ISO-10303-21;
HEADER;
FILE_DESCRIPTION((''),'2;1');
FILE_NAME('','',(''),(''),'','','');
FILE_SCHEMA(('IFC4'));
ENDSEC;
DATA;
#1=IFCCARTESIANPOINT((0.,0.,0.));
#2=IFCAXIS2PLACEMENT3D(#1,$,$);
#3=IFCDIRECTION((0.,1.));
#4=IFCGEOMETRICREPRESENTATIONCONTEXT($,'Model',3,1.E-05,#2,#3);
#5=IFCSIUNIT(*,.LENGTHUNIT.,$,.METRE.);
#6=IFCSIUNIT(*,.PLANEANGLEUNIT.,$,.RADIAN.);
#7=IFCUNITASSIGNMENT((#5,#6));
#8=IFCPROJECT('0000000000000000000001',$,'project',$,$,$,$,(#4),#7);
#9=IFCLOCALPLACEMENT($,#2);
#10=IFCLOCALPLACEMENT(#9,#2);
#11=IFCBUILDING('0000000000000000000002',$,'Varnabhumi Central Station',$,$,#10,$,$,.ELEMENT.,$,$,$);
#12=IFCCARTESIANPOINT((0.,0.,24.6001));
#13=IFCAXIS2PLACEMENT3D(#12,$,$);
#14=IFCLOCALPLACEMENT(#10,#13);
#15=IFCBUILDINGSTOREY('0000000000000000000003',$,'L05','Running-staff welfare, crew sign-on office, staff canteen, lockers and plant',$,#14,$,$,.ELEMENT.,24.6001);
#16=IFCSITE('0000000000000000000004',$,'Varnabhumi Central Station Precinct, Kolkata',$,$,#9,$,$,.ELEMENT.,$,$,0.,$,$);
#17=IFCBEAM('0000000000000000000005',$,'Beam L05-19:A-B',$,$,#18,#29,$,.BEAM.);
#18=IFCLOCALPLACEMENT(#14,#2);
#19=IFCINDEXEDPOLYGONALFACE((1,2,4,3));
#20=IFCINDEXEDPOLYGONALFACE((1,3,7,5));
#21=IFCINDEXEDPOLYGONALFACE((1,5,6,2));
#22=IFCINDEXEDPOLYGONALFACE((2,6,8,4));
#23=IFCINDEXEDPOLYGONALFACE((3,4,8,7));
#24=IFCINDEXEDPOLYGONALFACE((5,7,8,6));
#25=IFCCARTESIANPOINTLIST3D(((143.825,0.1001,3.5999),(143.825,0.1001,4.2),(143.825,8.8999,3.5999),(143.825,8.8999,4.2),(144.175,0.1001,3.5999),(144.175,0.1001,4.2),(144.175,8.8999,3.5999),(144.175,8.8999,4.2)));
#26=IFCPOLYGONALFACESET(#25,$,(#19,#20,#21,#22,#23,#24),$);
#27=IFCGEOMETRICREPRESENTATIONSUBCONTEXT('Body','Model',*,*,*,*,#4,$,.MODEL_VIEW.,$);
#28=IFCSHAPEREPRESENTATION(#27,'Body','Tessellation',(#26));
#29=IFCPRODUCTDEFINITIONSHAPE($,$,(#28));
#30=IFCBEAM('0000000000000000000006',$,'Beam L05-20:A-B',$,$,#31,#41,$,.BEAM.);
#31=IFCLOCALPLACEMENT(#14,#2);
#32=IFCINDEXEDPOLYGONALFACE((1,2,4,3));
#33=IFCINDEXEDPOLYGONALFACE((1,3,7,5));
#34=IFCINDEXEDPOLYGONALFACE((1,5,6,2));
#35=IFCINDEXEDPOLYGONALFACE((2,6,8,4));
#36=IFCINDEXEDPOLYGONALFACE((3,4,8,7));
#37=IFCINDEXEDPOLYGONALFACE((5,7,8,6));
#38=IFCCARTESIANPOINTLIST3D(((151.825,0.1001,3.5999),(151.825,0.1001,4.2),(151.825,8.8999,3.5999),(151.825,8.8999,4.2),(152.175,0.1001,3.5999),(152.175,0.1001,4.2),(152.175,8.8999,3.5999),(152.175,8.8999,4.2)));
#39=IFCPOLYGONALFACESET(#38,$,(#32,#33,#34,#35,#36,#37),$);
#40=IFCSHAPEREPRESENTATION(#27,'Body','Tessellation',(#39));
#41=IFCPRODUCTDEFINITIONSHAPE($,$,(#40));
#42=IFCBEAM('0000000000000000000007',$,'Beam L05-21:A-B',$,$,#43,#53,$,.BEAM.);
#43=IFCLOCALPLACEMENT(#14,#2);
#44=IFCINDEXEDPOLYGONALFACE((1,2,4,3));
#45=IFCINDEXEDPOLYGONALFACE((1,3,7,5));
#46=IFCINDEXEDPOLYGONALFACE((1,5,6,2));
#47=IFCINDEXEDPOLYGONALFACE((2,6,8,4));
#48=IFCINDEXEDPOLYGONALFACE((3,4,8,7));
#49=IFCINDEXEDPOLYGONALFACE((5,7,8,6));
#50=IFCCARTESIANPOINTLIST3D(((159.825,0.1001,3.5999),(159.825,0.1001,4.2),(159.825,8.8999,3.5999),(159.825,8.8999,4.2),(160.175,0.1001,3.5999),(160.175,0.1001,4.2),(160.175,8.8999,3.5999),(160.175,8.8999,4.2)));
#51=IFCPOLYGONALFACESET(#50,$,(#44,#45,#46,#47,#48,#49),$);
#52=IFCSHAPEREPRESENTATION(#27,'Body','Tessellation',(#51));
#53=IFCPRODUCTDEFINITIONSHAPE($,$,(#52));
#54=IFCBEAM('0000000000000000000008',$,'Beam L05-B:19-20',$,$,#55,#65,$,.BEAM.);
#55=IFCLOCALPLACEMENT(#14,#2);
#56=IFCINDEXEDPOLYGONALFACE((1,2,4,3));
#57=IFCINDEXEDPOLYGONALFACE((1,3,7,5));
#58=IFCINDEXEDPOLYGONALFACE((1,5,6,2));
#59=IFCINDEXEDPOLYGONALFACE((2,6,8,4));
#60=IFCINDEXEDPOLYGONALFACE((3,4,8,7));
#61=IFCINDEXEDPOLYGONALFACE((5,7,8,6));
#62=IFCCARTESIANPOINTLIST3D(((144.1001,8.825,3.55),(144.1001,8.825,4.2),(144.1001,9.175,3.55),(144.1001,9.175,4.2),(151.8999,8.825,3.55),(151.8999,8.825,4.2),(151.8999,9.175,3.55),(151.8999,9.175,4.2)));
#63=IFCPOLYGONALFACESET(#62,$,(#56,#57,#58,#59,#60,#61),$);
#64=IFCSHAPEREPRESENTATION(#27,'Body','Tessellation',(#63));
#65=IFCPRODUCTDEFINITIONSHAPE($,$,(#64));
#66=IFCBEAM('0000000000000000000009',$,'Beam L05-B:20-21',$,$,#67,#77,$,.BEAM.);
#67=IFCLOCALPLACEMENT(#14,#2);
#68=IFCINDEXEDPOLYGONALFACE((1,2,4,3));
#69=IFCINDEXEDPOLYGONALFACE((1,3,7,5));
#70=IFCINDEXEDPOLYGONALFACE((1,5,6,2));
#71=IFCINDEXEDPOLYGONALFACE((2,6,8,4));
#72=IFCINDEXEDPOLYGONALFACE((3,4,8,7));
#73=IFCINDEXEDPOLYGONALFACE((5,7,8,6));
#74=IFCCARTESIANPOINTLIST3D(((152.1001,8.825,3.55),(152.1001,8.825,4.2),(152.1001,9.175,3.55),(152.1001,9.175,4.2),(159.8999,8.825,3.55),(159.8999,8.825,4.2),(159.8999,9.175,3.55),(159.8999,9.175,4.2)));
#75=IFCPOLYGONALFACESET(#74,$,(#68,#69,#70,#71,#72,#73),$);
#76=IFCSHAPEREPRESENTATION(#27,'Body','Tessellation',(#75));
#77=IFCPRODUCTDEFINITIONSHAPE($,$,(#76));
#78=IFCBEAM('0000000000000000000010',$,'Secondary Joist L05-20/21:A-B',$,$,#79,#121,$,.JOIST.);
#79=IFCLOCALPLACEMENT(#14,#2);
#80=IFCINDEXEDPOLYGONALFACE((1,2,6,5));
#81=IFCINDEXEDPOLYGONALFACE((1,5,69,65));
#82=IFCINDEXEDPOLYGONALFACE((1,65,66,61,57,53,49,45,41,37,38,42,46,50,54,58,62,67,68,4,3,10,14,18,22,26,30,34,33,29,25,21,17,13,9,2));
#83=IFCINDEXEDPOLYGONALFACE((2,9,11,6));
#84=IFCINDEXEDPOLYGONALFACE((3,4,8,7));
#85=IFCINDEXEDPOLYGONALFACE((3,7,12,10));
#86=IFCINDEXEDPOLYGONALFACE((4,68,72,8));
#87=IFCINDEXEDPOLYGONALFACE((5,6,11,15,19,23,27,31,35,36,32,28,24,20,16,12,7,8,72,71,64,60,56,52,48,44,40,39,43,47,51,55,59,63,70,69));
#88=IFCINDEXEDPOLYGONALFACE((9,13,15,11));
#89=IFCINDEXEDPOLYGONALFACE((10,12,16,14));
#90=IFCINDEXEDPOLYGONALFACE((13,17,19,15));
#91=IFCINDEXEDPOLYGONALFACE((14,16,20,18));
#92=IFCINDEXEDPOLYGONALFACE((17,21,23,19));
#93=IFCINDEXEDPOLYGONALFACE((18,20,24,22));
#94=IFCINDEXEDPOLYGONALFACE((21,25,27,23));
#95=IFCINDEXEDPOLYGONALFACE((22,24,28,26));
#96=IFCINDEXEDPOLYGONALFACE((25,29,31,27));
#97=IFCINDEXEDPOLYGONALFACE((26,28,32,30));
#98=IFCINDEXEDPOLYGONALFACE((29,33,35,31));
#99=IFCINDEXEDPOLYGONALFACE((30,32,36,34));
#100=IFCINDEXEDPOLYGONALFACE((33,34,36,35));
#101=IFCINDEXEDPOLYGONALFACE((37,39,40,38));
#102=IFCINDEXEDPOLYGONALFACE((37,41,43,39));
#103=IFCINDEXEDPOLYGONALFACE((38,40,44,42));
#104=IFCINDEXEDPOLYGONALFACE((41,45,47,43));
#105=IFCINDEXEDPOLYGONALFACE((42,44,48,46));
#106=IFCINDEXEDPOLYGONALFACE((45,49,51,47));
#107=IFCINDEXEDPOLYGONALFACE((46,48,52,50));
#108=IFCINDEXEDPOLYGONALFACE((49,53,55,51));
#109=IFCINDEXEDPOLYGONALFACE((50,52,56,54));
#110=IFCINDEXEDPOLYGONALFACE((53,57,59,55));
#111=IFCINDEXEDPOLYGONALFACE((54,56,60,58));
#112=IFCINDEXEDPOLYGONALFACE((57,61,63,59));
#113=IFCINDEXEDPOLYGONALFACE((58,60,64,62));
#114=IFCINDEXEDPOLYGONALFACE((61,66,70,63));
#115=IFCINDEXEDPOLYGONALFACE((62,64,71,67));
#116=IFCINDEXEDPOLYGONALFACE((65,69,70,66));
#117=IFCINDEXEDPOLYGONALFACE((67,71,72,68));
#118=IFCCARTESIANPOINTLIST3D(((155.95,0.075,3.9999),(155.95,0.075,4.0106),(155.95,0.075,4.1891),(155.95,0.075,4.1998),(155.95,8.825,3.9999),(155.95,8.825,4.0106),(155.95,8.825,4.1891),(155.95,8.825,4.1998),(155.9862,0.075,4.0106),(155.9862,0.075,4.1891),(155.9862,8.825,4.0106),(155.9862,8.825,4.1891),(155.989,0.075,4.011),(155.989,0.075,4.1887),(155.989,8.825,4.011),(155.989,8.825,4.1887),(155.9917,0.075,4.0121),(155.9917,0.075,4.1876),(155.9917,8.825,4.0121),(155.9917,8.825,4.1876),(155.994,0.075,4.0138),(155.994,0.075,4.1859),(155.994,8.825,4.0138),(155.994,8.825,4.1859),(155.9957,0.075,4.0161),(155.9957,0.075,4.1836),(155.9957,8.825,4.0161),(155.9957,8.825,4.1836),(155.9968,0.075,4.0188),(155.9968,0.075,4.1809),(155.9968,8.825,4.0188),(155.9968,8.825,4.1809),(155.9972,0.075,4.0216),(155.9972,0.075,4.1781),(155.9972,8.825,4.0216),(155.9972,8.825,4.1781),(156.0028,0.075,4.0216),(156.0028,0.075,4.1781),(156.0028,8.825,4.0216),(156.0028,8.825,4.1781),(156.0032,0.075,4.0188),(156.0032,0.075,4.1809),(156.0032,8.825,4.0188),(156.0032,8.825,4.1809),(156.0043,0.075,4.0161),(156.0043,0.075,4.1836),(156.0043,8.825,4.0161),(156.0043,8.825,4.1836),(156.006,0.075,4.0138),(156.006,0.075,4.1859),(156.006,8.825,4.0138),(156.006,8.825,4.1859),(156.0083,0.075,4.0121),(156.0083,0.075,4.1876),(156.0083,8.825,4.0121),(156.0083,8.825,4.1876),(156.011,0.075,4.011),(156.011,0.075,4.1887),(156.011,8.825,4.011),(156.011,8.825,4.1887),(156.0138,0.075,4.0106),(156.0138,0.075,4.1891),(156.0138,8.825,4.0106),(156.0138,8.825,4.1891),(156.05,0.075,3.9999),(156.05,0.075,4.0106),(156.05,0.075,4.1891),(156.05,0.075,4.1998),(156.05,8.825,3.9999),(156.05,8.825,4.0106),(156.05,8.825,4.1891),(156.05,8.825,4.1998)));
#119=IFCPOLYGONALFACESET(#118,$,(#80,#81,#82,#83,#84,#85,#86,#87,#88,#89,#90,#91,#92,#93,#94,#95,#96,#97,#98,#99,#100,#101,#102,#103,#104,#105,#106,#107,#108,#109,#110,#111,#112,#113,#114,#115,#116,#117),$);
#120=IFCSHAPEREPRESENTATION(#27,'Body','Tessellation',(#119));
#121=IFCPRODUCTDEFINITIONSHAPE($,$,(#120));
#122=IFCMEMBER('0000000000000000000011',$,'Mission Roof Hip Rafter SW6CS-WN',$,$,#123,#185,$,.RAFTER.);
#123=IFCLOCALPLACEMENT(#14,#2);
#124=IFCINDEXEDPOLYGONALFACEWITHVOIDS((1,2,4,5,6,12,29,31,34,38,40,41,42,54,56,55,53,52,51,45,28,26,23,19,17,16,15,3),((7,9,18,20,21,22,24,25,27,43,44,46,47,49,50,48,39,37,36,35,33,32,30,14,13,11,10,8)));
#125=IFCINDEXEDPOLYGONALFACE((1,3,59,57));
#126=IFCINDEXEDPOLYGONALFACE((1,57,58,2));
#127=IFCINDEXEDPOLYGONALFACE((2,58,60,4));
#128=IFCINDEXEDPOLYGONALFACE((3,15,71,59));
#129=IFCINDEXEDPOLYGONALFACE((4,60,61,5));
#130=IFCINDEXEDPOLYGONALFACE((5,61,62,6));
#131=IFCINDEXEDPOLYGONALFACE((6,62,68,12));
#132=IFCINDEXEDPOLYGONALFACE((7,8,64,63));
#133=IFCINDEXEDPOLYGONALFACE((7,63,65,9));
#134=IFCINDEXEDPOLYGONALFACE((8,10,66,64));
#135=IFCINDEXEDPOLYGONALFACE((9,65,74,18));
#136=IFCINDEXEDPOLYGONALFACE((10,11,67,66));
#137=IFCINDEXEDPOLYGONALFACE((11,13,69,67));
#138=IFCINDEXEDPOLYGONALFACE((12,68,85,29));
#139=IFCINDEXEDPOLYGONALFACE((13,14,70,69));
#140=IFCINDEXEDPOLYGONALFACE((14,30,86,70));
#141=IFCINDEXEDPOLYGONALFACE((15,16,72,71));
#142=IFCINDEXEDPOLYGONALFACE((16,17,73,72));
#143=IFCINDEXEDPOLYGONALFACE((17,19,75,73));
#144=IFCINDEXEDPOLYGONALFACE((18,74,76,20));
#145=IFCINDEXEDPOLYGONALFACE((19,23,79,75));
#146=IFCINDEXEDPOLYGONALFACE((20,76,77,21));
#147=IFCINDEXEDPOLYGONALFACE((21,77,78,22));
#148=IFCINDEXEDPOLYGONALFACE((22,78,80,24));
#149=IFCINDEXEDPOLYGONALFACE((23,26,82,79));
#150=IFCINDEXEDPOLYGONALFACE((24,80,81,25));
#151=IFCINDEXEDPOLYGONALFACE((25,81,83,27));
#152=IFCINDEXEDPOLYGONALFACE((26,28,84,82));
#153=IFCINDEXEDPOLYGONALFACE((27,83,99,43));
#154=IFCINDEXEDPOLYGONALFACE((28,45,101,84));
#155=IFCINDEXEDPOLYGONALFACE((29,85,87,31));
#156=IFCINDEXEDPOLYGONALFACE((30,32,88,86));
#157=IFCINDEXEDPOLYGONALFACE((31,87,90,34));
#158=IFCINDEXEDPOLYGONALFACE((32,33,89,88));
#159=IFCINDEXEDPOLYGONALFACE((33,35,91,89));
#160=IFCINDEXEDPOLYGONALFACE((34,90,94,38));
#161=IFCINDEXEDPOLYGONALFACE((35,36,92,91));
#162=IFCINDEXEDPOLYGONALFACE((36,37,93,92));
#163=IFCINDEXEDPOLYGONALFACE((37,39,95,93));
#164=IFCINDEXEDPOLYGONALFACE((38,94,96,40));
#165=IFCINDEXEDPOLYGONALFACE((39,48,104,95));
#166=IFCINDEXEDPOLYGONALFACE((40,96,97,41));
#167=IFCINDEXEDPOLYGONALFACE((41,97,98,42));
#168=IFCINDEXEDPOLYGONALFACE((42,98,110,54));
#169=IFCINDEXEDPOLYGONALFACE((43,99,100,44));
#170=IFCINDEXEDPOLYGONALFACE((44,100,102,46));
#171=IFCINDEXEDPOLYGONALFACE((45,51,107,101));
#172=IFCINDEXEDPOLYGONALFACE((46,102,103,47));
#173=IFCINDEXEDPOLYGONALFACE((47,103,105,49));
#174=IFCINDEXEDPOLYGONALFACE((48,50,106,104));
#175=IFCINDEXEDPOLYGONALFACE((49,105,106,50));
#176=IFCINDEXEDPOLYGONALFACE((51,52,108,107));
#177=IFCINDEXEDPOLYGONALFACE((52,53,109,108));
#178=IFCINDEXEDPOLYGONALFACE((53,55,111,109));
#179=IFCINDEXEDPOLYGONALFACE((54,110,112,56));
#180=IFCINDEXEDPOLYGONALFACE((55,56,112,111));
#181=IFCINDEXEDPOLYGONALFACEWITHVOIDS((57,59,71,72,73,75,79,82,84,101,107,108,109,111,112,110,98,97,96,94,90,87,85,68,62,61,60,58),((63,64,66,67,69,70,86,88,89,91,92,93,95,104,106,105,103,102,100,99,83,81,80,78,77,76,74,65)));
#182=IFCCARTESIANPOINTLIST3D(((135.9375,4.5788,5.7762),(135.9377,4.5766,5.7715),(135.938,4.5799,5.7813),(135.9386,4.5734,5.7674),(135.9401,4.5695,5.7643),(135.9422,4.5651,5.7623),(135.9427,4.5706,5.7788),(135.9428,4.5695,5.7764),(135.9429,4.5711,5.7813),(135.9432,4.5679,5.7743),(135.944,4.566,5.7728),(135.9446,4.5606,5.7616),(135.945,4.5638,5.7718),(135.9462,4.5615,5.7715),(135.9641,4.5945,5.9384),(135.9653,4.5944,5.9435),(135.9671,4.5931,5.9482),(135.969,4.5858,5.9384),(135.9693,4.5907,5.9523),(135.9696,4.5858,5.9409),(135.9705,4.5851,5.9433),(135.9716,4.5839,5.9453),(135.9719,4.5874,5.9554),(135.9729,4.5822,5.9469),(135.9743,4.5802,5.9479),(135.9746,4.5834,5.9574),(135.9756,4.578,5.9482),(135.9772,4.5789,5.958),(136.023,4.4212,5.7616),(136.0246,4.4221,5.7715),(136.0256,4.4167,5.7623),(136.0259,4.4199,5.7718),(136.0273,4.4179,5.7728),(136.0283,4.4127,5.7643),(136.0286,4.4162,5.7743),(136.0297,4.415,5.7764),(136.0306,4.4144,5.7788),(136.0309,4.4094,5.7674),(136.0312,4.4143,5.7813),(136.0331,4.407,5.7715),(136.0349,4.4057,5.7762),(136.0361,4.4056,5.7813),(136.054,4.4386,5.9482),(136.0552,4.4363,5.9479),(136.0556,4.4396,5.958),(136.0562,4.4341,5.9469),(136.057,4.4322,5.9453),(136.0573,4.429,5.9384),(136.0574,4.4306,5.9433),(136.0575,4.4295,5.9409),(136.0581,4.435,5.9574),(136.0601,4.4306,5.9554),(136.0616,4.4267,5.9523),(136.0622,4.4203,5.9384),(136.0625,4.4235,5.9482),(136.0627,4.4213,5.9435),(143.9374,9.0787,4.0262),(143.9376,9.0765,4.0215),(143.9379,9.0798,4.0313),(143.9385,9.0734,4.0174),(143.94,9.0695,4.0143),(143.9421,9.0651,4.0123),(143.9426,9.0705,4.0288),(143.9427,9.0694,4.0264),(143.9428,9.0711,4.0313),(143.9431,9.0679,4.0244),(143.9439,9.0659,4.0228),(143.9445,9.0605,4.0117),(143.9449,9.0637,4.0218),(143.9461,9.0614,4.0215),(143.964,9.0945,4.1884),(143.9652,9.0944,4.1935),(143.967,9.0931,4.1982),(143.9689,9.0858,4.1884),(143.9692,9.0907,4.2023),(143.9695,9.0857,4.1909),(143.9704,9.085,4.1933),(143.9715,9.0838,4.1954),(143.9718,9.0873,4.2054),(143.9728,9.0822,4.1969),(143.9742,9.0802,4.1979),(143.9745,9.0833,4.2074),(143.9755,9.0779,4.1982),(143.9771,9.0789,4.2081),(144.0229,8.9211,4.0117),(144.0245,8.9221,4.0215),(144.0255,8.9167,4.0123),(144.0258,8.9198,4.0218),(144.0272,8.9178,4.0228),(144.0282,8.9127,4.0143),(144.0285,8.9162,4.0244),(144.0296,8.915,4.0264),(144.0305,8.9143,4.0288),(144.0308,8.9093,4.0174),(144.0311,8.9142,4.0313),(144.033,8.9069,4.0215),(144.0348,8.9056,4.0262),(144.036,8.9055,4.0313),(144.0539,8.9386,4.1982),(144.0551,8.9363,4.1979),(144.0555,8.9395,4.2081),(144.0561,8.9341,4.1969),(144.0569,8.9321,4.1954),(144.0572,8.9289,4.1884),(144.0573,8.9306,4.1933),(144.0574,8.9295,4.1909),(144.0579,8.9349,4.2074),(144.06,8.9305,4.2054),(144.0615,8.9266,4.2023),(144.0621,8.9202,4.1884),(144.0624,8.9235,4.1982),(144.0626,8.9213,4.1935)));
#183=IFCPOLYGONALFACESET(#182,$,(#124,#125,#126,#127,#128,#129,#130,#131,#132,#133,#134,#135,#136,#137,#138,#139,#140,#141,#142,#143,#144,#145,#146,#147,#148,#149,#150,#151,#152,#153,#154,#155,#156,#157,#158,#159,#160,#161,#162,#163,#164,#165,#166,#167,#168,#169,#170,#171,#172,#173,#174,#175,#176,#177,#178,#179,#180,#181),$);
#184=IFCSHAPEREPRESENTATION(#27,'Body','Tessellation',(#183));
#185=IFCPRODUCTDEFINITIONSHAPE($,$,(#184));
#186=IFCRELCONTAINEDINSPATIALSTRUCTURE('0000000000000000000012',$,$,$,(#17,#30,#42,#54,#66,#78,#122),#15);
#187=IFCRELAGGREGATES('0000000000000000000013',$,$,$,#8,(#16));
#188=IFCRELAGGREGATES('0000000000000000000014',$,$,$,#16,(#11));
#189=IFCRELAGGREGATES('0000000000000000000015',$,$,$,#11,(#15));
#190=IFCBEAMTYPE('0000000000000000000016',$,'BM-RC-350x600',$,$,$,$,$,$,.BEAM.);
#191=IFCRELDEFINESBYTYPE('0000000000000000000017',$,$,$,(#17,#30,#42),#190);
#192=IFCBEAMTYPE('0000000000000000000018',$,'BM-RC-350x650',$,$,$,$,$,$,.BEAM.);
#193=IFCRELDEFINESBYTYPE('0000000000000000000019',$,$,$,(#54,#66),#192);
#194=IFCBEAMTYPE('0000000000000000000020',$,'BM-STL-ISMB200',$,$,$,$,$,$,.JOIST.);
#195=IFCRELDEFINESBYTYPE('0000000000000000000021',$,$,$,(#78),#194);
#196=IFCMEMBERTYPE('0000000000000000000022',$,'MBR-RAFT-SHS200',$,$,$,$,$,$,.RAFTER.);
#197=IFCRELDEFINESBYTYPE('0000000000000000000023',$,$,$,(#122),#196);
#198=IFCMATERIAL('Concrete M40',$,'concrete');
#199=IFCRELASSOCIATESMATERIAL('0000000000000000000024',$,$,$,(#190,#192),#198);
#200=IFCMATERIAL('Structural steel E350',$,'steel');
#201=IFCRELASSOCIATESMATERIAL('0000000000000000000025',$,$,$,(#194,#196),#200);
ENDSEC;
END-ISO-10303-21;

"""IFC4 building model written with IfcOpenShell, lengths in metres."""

from ifc_helpers import new_model, si_unit, direction, frame, origin, origin_2d, place, context, subcontext, project, spatial, rectangle, hollow_rectangle, i_section, extrude, material, material_profile, profile_set, type_object, element, save


model = new_model("IFC4")

# Units and contexts
model_context = context("Model", 3, precision=1e-05, world=origin(), true_north=direction((0.0, 1.0)))
body_context = subcontext(model_context, "Body", "Model", "MODEL_VIEW")
ifc_project = project(units=[si_unit("LENGTHUNIT", "METRE"), si_unit("PLANEANGLEUNIT", "RADIAN")], contexts=[model_context])

# Site, building, storey
site_placement = place(None, origin())
site = spatial("IfcSite", under=ifc_project, at=site_placement, Name="Varnabhumi Central Station Precinct, Kolkata", CompositionType="ELEMENT", RefElevation=0.0)
building_placement = place(site_placement, origin())
building = spatial("IfcBuilding", under=site, at=building_placement, Name="Varnabhumi Central Station", CompositionType="ELEMENT")
storey_placement = place(building_placement, frame((0.0, 0.0, 24.6001)))
storey = spatial("IfcBuildingStorey", under=building, at=storey_placement, Name="L05", Description="Running-staff welfare, crew sign-on office, staff canteen, lockers and plant", CompositionType="ELEMENT", Elevation=24.6001)

# Shared definitions
ifc_material_1 = material(Name="Concrete M40", Category="concrete")

# Beams
ifc_material_2 = material(Name="Structural steel E350", Category="steel")
ifc_material_profile_1 = material_profile(ifc_material_1, rectangle(XDim=0.3501, YDim=0.6001, at=origin_2d()), Name="Concrete M40", Category="concrete")
ifc_profile_set_1 = profile_set([ifc_material_profile_1], Name="Concrete M40")
beam_type_1 = type_object("IfcBeamType", Name="BM-RC-350x600", PredefinedType="BEAM", material=ifc_profile_set_1)
for number, where, z_axis, x_axis, name in (
    (1, (144.0, 0.1001, 3.8999), (0.0, 1.0, 0.0), (-1.0, 0.0, 0.0), "Beam L05-19:A-B"),
    (2, (152.0, 0.1001, 3.8999), (0.0, 1.0, 0.0), (-1.0, 0.0, 0.0), "Beam L05-20:A-B"),
    (3, (160.0, 0.1001, 3.8999), (0.0, 1.0, 0.0), (-1.0, 0.0, 0.0), "Beam L05-21:A-B"),
):
    element("IfcBeam", number, at=place(storey_placement, frame(where, z_axis=z_axis, x_axis=x_axis)), inside=storey, type_object=beam_type_1, Name=name, PredefinedType="BEAM", context=body_context, shape_type="SweptSolid", body=[
        extrude(rectangle(XDim=0.3501, YDim=0.6001, at=origin_2d()), origin(), (0.0, 0.0, 1.0), 8.7998),
    ])
ifc_material_profile_2 = material_profile(ifc_material_1, rectangle(XDim=0.3501, YDim=0.6499, at=origin_2d()), Name="Concrete M40", Category="concrete")
ifc_profile_set_2 = profile_set([ifc_material_profile_2], Name="Concrete M40")
beam_type_2 = type_object("IfcBeamType", Name="BM-RC-350x650", PredefinedType="BEAM", material=ifc_profile_set_2)
for number, where, z_axis, x_axis, name in (
    (4, (144.1001, 9.0, 3.875), (1.0, 0.0, 0.0), (0.0, 1.0, 0.0), "Beam L05-B:19-20"),
    (5, (152.1001, 9.0, 3.875), (1.0, 0.0, 0.0), (0.0, 1.0, 0.0), "Beam L05-B:20-21"),
):
    element("IfcBeam", number, at=place(storey_placement, frame(where, z_axis=z_axis, x_axis=x_axis)), inside=storey, type_object=beam_type_2, Name=name, PredefinedType="BEAM", context=body_context, shape_type="SweptSolid", body=[
        extrude(rectangle(XDim=0.3501, YDim=0.6499, at=origin_2d()), origin(), (0.0, 0.0, 1.0), 7.7998),
    ])
ifc_material_profile_3 = material_profile(ifc_material_2, i_section(OverallWidth=0.1001, OverallDepth=0.2, WebThickness=0.0056, FlangeThickness=0.0107, FilletRadius=0.011, at=origin_2d()), Name="Structural steel E350", Category="steel")
ifc_profile_set_3 = profile_set([ifc_material_profile_3], Name="Structural steel E350")
beam_type_3 = type_object("IfcBeamType", Name="BM-STL-ISMB200", PredefinedType="JOIST", material=ifc_profile_set_3)
beam_placement = place(storey_placement, frame((156.0, 0.075, 4.0999), z_axis=(0.0, 1.0, 0.0), x_axis=(-1.0, 0.0, 0.0)))
element("IfcBeam", 6, at=beam_placement, inside=storey, type_object=beam_type_3, Name="Secondary Joist L05-20/21:A-B", PredefinedType="JOIST", context=body_context, shape_type="SweptSolid", body=[
    extrude(i_section(OverallWidth=0.1001, OverallDepth=0.2, WebThickness=0.0056, FlangeThickness=0.0107, FilletRadius=0.011, at=origin_2d()), origin(), (0.0, 0.0, 1.0), 8.75),
])

# Member
ifc_material_profile_4 = material_profile(ifc_material_2, hollow_rectangle(XDim=0.2, YDim=0.2, WallThickness=0.01, InnerFilletRadius=0.01, OuterFilletRadius=0.02, at=origin_2d()), Name="Structural steel E350", Category="steel")
ifc_profile_set_4 = profile_set([ifc_material_profile_4], Name="Structural steel E350")
member_type = type_object("IfcMemberType", Name="MBR-RAFT-SHS200", PredefinedType="RAFTER", material=ifc_profile_set_4)
member_1_placement = place(storey_placement, frame((144.0, 9.0, 4.1099), z_axis=(-0.856154, -0.481586, 0.187284), x_axis=(0.490261, -0.871576, 0.0)))
element("IfcMember", 7, at=member_1_placement, inside=storey, type_object=member_type, Name="Mission Roof Hip Rafter SW6CS-WN", PredefinedType="RAFTER", context=body_context, shape_type="SweptSolid", body=[
    extrude(hollow_rectangle(XDim=0.2, YDim=0.2, WallThickness=0.01, InnerFilletRadius=0.01, OuterFilletRadius=0.02, at=origin_2d()), origin(), (0.0, 0.0, 1.0), 9.344),
])

save(model, "model.ifc")
